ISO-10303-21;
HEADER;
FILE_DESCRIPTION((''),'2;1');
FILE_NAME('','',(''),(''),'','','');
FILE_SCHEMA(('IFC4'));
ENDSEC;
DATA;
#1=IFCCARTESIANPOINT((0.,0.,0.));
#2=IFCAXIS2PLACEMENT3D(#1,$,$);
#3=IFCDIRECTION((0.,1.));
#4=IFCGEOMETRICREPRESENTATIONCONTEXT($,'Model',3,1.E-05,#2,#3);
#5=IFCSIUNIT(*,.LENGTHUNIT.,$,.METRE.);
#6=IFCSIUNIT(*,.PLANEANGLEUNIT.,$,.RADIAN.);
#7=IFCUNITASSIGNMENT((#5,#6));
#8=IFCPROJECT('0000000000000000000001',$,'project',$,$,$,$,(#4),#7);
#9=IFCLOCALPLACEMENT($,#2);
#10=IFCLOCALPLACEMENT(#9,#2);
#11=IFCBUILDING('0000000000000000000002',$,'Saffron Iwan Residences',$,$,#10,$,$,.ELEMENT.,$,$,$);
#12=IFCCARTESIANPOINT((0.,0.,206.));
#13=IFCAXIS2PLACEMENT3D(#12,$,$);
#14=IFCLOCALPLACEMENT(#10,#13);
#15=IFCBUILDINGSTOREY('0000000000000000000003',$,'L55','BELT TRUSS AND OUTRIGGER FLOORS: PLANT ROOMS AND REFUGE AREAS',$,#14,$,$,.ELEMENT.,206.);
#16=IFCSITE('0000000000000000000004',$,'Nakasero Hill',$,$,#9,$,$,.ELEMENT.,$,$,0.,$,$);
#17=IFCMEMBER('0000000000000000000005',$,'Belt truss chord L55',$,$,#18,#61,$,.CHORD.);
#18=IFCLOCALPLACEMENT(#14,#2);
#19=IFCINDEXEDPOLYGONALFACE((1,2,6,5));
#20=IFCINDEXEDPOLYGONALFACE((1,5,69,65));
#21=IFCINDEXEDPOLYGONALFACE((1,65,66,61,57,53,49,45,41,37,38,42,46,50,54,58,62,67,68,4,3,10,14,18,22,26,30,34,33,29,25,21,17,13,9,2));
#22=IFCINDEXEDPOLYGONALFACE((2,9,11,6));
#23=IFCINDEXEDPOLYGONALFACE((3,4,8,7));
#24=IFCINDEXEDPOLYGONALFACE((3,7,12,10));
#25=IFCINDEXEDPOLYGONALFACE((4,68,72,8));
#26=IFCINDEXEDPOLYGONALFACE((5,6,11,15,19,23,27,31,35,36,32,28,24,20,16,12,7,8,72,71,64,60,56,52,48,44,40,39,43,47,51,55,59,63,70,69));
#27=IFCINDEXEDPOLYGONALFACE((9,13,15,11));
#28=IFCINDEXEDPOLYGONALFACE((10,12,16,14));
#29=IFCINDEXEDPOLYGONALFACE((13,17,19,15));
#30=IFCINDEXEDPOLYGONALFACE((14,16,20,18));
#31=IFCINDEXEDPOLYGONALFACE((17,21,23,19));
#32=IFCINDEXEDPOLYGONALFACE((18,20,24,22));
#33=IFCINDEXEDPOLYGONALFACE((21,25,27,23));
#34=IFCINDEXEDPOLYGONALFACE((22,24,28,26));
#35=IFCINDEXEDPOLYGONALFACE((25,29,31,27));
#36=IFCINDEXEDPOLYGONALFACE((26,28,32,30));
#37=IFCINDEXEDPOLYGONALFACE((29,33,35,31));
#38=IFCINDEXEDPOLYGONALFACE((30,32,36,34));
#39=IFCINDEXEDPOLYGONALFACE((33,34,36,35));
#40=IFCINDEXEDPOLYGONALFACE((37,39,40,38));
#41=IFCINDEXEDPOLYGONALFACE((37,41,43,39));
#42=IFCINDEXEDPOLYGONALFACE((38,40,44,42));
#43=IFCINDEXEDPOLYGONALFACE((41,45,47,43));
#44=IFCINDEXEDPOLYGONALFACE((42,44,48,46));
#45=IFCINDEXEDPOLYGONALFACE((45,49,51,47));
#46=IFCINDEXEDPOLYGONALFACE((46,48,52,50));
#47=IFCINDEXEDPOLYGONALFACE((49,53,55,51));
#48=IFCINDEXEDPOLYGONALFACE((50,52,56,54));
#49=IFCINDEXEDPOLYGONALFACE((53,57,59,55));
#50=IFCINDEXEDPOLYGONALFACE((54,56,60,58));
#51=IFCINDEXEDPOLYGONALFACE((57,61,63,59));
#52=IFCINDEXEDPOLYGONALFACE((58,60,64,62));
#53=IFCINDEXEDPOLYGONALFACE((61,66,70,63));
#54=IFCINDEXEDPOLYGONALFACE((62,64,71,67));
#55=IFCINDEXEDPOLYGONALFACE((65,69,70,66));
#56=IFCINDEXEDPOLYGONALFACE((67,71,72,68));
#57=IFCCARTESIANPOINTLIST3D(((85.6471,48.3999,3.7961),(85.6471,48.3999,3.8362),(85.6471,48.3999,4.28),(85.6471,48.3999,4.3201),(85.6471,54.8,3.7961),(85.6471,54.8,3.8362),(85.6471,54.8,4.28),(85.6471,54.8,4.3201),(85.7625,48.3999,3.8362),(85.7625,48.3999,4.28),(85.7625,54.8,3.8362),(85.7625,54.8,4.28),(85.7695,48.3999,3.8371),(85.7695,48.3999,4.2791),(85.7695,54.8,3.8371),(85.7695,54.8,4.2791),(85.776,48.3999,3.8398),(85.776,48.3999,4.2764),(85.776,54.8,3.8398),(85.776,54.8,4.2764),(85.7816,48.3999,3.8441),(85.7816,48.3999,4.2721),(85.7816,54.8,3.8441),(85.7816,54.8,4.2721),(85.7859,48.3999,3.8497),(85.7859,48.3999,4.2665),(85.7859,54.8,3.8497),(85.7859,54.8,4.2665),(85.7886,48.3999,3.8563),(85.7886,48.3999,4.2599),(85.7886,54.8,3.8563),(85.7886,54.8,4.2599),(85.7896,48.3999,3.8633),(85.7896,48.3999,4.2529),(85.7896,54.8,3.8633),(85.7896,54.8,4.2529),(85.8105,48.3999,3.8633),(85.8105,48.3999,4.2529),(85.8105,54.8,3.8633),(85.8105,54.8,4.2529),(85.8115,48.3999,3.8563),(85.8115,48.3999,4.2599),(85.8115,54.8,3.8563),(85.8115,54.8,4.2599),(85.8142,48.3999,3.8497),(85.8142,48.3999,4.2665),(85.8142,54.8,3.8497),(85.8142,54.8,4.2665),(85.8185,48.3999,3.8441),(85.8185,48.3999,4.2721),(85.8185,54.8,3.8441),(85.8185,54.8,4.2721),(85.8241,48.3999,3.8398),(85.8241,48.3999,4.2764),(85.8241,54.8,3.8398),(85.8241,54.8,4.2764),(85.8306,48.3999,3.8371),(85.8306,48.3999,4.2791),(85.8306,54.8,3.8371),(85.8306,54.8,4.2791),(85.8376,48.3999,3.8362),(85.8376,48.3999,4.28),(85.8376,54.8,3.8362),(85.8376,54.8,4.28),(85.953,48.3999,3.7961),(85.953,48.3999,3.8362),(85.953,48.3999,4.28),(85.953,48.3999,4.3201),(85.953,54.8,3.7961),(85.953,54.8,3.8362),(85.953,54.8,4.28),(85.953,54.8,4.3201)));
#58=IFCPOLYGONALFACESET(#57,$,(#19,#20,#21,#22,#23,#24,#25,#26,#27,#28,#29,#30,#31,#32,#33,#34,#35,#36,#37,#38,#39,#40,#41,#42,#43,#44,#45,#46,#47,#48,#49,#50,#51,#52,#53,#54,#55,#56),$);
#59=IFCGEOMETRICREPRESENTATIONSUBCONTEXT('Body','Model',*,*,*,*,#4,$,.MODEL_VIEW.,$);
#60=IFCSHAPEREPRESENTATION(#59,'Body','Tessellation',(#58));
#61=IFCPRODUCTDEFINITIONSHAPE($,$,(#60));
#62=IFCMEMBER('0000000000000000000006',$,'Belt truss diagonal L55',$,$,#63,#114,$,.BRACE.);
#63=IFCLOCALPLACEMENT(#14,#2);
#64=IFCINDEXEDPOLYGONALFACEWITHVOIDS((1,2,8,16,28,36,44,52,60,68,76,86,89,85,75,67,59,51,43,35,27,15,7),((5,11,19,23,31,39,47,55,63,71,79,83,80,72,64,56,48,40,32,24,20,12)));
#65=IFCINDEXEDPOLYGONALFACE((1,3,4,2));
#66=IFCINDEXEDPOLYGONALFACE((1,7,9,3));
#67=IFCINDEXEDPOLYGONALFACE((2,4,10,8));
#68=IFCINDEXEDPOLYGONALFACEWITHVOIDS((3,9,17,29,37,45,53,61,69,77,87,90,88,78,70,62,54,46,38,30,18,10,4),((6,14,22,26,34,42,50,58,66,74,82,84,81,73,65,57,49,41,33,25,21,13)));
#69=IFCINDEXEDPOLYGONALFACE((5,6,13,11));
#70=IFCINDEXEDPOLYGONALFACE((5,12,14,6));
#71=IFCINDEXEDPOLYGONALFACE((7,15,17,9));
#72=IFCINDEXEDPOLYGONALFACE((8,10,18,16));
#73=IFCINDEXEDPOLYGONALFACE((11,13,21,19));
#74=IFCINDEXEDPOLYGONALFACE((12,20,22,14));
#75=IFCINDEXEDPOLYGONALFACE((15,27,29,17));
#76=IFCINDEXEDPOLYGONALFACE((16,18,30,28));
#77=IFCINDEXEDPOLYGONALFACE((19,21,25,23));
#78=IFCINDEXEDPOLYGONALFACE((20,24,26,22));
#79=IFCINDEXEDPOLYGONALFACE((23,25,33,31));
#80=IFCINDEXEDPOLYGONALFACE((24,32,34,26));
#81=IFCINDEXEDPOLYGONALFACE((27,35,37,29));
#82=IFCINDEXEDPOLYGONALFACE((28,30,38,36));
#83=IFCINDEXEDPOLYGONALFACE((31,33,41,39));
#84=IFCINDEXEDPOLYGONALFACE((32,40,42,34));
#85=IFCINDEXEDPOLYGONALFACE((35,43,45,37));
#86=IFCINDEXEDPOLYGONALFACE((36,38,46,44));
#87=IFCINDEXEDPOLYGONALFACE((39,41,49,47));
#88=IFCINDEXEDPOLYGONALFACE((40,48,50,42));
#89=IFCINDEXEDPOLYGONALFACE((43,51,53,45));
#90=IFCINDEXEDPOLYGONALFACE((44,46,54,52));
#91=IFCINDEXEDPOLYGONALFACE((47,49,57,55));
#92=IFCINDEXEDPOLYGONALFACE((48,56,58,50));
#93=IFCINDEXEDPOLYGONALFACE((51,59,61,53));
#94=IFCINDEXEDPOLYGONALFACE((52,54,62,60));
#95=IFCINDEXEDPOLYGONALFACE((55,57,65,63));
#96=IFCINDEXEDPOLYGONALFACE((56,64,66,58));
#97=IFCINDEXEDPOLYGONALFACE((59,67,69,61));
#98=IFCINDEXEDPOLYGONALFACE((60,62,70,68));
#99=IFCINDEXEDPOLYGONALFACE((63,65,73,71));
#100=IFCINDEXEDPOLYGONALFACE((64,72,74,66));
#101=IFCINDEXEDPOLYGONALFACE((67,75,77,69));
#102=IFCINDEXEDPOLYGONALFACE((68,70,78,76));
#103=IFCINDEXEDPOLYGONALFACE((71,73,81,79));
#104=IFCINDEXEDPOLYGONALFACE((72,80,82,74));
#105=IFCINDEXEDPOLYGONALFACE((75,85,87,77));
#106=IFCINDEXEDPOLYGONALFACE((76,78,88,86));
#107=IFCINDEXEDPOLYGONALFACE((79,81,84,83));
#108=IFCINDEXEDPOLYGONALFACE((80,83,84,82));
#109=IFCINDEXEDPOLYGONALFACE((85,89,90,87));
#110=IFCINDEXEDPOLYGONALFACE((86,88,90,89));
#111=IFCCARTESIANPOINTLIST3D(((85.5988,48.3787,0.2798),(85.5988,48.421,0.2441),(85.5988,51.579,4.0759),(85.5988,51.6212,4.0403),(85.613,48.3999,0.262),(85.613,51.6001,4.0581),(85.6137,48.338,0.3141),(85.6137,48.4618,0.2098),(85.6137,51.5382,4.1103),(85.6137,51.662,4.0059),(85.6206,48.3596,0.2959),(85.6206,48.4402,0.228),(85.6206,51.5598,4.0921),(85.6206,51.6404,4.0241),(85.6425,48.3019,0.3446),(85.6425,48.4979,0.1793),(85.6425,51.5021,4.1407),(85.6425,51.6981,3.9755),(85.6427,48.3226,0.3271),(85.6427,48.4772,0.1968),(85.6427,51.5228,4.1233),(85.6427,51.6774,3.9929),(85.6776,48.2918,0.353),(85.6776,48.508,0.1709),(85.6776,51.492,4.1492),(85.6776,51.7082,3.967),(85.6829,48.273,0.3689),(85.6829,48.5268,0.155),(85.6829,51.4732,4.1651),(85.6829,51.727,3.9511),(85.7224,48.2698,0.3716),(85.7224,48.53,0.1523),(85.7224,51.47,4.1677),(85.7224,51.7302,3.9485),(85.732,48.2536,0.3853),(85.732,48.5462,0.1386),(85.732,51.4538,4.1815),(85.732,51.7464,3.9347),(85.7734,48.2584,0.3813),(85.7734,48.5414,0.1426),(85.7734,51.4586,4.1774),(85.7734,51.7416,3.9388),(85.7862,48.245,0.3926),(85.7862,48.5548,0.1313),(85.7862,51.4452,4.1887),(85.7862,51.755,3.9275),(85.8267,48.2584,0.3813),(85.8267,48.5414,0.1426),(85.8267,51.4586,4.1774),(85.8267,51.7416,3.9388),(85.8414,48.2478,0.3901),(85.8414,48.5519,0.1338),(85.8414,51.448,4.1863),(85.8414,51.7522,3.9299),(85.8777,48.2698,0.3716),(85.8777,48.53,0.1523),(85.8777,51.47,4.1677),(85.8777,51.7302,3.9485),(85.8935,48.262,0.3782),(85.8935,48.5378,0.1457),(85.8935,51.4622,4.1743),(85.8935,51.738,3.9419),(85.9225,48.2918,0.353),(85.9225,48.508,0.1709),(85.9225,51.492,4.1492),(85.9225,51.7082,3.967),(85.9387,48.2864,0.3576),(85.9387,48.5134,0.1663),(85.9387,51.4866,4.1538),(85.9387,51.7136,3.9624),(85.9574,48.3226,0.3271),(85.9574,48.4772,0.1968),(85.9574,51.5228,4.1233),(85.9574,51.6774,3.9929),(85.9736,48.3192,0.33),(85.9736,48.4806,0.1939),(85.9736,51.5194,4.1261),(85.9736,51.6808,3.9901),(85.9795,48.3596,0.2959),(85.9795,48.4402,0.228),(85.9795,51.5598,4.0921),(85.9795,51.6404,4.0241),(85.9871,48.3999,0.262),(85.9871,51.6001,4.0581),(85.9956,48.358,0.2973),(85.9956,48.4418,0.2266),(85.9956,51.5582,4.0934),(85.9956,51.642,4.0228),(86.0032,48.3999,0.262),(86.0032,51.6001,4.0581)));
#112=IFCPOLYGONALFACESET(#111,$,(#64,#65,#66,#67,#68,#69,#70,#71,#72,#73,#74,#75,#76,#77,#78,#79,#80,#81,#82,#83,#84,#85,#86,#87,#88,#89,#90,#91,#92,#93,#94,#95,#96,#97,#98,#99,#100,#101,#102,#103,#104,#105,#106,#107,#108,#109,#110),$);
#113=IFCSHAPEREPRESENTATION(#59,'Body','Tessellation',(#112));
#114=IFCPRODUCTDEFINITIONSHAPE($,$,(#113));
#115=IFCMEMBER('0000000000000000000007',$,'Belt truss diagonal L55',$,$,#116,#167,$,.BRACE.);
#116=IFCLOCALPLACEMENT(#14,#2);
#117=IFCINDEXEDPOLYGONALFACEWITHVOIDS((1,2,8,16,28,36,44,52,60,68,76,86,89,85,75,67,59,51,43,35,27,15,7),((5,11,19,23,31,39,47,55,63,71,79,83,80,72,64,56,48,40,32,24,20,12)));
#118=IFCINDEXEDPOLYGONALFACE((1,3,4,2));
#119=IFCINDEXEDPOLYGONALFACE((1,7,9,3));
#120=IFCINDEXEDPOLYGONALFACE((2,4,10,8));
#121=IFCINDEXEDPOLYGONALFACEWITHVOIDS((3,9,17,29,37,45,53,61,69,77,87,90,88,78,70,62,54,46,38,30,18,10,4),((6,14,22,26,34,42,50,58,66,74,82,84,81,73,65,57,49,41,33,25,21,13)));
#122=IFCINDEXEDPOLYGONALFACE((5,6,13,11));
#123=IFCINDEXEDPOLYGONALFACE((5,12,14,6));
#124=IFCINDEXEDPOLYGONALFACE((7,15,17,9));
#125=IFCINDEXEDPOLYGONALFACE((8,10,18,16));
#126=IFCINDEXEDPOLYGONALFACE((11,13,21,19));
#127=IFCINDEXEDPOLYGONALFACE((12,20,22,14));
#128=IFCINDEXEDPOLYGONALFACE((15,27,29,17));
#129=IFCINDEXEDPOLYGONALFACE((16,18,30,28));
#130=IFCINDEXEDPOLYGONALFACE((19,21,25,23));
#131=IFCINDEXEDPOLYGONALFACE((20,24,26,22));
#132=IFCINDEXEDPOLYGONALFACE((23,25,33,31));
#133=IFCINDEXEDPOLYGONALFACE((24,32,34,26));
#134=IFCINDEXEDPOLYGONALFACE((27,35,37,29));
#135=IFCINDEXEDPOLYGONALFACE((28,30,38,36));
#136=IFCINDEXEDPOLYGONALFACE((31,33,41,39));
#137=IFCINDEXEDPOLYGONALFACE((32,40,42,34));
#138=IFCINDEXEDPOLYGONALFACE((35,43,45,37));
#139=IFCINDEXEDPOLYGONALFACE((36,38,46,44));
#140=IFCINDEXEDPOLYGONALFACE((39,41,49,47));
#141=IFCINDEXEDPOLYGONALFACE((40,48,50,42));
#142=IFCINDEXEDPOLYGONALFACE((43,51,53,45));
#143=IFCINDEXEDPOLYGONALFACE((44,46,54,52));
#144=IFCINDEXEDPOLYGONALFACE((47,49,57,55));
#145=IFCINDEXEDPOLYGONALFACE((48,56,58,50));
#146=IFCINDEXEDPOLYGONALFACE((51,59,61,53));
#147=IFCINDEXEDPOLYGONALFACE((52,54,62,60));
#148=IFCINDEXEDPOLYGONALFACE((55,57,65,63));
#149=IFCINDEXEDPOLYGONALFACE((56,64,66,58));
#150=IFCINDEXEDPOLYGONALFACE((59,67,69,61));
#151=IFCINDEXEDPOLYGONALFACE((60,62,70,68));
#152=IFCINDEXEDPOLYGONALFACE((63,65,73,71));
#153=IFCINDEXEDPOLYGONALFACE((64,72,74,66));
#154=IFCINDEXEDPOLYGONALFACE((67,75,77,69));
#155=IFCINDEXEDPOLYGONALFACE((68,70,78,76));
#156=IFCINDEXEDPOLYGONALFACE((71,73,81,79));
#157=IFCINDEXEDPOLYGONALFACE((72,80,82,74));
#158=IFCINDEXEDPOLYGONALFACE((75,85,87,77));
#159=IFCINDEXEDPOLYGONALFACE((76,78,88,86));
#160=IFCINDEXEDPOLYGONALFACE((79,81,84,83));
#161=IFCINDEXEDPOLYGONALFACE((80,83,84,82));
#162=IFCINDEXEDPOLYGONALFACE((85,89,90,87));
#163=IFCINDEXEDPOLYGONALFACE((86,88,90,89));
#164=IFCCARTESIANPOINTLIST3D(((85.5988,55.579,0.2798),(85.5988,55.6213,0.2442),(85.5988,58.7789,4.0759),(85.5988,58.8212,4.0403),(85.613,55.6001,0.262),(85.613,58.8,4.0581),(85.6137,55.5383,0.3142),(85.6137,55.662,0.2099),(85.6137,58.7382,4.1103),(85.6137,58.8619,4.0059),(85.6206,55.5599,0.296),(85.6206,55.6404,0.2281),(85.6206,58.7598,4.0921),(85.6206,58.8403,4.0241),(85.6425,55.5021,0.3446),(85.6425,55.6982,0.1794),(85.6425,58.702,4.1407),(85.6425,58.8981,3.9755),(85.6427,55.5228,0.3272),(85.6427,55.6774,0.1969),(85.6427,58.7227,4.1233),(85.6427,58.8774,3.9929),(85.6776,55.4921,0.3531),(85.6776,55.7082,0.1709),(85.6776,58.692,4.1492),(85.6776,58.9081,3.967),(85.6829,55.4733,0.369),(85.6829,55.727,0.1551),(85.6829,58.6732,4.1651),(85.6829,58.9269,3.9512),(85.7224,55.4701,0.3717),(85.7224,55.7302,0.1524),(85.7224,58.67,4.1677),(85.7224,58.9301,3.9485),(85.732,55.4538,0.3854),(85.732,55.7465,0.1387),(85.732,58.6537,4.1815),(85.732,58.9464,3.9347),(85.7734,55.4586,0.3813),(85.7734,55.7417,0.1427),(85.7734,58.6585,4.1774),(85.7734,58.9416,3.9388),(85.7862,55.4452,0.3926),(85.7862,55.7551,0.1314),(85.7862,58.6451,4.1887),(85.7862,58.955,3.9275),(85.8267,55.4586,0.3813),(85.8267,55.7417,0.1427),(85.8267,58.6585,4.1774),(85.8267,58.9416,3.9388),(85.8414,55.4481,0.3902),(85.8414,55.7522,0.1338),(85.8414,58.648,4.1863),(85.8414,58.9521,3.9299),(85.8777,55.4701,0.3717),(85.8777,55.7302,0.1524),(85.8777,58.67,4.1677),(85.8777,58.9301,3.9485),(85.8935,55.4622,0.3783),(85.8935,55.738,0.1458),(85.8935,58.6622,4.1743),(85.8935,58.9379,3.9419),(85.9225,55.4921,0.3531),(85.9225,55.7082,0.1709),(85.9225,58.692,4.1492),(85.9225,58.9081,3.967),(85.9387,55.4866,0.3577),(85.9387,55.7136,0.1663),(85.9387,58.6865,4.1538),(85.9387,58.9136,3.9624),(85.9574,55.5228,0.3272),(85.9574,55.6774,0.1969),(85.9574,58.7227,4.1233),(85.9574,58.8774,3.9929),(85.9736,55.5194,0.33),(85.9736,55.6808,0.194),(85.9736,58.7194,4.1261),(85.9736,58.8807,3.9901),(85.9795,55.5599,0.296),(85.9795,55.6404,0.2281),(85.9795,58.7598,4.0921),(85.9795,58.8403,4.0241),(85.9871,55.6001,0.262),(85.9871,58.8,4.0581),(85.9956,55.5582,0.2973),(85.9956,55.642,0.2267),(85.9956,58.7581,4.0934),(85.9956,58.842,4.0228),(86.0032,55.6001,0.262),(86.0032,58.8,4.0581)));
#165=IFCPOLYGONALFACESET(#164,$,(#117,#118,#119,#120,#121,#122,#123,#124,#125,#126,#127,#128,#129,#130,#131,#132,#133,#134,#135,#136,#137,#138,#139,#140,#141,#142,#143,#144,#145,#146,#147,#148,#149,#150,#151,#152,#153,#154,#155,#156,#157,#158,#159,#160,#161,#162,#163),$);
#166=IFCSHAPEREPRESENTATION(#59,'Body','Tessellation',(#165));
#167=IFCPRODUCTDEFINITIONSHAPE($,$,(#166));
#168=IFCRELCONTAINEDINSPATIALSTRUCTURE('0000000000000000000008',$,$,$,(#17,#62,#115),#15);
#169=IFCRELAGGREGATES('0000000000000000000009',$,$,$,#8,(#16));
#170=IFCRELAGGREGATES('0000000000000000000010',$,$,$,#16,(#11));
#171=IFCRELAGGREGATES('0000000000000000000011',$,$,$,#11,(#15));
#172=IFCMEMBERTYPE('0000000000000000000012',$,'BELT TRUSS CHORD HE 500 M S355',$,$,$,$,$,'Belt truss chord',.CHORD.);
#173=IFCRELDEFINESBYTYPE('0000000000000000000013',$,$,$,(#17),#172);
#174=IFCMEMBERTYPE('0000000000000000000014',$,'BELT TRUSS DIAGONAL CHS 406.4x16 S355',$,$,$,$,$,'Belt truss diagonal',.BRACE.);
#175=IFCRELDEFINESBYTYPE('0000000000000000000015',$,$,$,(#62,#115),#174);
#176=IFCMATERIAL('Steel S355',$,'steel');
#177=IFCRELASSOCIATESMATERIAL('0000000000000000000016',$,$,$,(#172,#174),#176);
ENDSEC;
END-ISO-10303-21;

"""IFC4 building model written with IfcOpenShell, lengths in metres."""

from ifc_helpers import new_model, si_unit, direction, frame, origin, origin_2d, place, context, subcontext, project, spatial, hollow_circle, i_section, extrude, source, transform, mapped, material, material_profile, profile_set, type_object, element, save


model = new_model("IFC4")

# Units and contexts
model_context = context("Model", 3, precision=1e-05, world=origin(), true_north=direction((0.0, 1.0)))
body_context = subcontext(model_context, "Body", "Model", "MODEL_VIEW")
ifc_project = project(units=[si_unit("LENGTHUNIT", "METRE"), si_unit("PLANEANGLEUNIT", "RADIAN")], contexts=[model_context])

# Site, building, storey
site_placement = place(None, origin())
site = spatial("IfcSite", under=ifc_project, at=site_placement, Name="Nakasero Hill", CompositionType="ELEMENT", RefElevation=0.0)
building_placement = place(site_placement, origin())
building = spatial("IfcBuilding", under=site, at=building_placement, Name="Saffron Iwan Residences", CompositionType="ELEMENT")
storey_placement = place(building_placement, frame((0.0, 0.0, 206.0)))
storey = spatial("IfcBuildingStorey", under=building, at=storey_placement, Name="L55", Description="BELT TRUSS AND OUTRIGGER FLOORS: PLANT ROOMS AND REFUGE AREAS", CompositionType="ELEMENT", Elevation=206.0)

# Members
ifc_material_1 = material(Name="Steel S355", Category="steel")
ifc_material_profile_1 = material_profile(ifc_material_1, i_section(OverallWidth=0.3059, OverallDepth=0.5239, WebThickness=0.021, FlangeThickness=0.04, FilletRadius=0.0271, at=origin_2d()), Name="HE 500 M")
ifc_profile_set_1 = profile_set([ifc_material_profile_1], Name="Steel S355")
member_type_1 = type_object("IfcMemberType", Name="BELT TRUSS CHORD HE 500 M S355", ElementType="Belt truss chord", PredefinedType="CHORD", material=ifc_profile_set_1)
shared_shape_1 = source(origin(), body_context, "Body", "SweptSolid", [
    extrude(i_section(OverallWidth=0.3059, OverallDepth=0.5239, WebThickness=0.021, FlangeThickness=0.04, FilletRadius=0.0271, at=origin_2d()), origin(), (0.0, 0.0, 1.0), 6.4001),
])
for number, where, z_axis, x_axis, name in (
    (1, (85.8, 54.8, 4.0581), (0.0, -1.0, 0.0), (1.0, 0.0, 0.0), "Belt truss chord L55"),
):
    element("IfcMember", number, at=place(storey_placement, frame(where, z_axis=z_axis, x_axis=x_axis)), inside=storey, type_object=member_type_1, Name=name, PredefinedType="CHORD", context=body_context, shape_type="MappedRepresentation", body=[
        mapped(shared_shape_1, transform((0.0, 0.0, 0.0))),
    ])
ifc_material_profile_2 = material_profile(ifc_material_1, hollow_circle(Radius=0.2031, WallThickness=0.0161, at=origin_2d()), Name="CHS 406.4x16")
ifc_profile_set_2 = profile_set([ifc_material_profile_2], Name="Steel S355")
member_type_2 = type_object("IfcMemberType", Name="BELT TRUSS DIAGONAL CHS 406.4x16 S355", ElementType="Belt truss diagonal", PredefinedType="BRACE", material=ifc_profile_set_2)
shared_shape_2 = source(origin(), body_context, "Body", "SweptSolid", [
    extrude(hollow_circle(Radius=0.2031, WallThickness=0.0161, at=origin_2d()), origin(), (0.0, 0.0, 1.0), 4.9651),
])
member_placement = place(storey_placement, frame((85.8, 51.6001, 4.0581), z_axis=(0.0, -0.644541, -0.764569), x_axis=(1.0, 0.0, 0.0)))
element("IfcMember", 2, at=member_placement, inside=storey, type_object=member_type_2, Name="Belt truss diagonal L55", PredefinedType="BRACE", context=body_context, shape_type="MappedRepresentation", body=[
    mapped(shared_shape_2, transform((0.0, 0.0, 0.0))),
])
shared_shape_3 = source(origin(), body_context, "Body", "SweptSolid", [
    extrude(hollow_circle(Radius=0.2031, WallThickness=0.0161, at=origin_2d()), origin(), (0.0, 0.0, 1.0), 4.9648),
])
for number, where, z_axis, x_axis, name in (
    (3, (85.8, 58.8, 4.0581), (0.0, -0.644513, -0.764594), (1.0, 0.0, 0.0), "Belt truss diagonal L55"),
):
    element("IfcMember", number, at=place(storey_placement, frame(where, z_axis=z_axis, x_axis=x_axis)), inside=storey, type_object=member_type_2, Name=name, PredefinedType="BRACE", context=body_context, shape_type="MappedRepresentation", body=[
        mapped(shared_shape_3, transform((0.0, 0.0, 0.0))),
    ])

save(model, "model.ifc")
